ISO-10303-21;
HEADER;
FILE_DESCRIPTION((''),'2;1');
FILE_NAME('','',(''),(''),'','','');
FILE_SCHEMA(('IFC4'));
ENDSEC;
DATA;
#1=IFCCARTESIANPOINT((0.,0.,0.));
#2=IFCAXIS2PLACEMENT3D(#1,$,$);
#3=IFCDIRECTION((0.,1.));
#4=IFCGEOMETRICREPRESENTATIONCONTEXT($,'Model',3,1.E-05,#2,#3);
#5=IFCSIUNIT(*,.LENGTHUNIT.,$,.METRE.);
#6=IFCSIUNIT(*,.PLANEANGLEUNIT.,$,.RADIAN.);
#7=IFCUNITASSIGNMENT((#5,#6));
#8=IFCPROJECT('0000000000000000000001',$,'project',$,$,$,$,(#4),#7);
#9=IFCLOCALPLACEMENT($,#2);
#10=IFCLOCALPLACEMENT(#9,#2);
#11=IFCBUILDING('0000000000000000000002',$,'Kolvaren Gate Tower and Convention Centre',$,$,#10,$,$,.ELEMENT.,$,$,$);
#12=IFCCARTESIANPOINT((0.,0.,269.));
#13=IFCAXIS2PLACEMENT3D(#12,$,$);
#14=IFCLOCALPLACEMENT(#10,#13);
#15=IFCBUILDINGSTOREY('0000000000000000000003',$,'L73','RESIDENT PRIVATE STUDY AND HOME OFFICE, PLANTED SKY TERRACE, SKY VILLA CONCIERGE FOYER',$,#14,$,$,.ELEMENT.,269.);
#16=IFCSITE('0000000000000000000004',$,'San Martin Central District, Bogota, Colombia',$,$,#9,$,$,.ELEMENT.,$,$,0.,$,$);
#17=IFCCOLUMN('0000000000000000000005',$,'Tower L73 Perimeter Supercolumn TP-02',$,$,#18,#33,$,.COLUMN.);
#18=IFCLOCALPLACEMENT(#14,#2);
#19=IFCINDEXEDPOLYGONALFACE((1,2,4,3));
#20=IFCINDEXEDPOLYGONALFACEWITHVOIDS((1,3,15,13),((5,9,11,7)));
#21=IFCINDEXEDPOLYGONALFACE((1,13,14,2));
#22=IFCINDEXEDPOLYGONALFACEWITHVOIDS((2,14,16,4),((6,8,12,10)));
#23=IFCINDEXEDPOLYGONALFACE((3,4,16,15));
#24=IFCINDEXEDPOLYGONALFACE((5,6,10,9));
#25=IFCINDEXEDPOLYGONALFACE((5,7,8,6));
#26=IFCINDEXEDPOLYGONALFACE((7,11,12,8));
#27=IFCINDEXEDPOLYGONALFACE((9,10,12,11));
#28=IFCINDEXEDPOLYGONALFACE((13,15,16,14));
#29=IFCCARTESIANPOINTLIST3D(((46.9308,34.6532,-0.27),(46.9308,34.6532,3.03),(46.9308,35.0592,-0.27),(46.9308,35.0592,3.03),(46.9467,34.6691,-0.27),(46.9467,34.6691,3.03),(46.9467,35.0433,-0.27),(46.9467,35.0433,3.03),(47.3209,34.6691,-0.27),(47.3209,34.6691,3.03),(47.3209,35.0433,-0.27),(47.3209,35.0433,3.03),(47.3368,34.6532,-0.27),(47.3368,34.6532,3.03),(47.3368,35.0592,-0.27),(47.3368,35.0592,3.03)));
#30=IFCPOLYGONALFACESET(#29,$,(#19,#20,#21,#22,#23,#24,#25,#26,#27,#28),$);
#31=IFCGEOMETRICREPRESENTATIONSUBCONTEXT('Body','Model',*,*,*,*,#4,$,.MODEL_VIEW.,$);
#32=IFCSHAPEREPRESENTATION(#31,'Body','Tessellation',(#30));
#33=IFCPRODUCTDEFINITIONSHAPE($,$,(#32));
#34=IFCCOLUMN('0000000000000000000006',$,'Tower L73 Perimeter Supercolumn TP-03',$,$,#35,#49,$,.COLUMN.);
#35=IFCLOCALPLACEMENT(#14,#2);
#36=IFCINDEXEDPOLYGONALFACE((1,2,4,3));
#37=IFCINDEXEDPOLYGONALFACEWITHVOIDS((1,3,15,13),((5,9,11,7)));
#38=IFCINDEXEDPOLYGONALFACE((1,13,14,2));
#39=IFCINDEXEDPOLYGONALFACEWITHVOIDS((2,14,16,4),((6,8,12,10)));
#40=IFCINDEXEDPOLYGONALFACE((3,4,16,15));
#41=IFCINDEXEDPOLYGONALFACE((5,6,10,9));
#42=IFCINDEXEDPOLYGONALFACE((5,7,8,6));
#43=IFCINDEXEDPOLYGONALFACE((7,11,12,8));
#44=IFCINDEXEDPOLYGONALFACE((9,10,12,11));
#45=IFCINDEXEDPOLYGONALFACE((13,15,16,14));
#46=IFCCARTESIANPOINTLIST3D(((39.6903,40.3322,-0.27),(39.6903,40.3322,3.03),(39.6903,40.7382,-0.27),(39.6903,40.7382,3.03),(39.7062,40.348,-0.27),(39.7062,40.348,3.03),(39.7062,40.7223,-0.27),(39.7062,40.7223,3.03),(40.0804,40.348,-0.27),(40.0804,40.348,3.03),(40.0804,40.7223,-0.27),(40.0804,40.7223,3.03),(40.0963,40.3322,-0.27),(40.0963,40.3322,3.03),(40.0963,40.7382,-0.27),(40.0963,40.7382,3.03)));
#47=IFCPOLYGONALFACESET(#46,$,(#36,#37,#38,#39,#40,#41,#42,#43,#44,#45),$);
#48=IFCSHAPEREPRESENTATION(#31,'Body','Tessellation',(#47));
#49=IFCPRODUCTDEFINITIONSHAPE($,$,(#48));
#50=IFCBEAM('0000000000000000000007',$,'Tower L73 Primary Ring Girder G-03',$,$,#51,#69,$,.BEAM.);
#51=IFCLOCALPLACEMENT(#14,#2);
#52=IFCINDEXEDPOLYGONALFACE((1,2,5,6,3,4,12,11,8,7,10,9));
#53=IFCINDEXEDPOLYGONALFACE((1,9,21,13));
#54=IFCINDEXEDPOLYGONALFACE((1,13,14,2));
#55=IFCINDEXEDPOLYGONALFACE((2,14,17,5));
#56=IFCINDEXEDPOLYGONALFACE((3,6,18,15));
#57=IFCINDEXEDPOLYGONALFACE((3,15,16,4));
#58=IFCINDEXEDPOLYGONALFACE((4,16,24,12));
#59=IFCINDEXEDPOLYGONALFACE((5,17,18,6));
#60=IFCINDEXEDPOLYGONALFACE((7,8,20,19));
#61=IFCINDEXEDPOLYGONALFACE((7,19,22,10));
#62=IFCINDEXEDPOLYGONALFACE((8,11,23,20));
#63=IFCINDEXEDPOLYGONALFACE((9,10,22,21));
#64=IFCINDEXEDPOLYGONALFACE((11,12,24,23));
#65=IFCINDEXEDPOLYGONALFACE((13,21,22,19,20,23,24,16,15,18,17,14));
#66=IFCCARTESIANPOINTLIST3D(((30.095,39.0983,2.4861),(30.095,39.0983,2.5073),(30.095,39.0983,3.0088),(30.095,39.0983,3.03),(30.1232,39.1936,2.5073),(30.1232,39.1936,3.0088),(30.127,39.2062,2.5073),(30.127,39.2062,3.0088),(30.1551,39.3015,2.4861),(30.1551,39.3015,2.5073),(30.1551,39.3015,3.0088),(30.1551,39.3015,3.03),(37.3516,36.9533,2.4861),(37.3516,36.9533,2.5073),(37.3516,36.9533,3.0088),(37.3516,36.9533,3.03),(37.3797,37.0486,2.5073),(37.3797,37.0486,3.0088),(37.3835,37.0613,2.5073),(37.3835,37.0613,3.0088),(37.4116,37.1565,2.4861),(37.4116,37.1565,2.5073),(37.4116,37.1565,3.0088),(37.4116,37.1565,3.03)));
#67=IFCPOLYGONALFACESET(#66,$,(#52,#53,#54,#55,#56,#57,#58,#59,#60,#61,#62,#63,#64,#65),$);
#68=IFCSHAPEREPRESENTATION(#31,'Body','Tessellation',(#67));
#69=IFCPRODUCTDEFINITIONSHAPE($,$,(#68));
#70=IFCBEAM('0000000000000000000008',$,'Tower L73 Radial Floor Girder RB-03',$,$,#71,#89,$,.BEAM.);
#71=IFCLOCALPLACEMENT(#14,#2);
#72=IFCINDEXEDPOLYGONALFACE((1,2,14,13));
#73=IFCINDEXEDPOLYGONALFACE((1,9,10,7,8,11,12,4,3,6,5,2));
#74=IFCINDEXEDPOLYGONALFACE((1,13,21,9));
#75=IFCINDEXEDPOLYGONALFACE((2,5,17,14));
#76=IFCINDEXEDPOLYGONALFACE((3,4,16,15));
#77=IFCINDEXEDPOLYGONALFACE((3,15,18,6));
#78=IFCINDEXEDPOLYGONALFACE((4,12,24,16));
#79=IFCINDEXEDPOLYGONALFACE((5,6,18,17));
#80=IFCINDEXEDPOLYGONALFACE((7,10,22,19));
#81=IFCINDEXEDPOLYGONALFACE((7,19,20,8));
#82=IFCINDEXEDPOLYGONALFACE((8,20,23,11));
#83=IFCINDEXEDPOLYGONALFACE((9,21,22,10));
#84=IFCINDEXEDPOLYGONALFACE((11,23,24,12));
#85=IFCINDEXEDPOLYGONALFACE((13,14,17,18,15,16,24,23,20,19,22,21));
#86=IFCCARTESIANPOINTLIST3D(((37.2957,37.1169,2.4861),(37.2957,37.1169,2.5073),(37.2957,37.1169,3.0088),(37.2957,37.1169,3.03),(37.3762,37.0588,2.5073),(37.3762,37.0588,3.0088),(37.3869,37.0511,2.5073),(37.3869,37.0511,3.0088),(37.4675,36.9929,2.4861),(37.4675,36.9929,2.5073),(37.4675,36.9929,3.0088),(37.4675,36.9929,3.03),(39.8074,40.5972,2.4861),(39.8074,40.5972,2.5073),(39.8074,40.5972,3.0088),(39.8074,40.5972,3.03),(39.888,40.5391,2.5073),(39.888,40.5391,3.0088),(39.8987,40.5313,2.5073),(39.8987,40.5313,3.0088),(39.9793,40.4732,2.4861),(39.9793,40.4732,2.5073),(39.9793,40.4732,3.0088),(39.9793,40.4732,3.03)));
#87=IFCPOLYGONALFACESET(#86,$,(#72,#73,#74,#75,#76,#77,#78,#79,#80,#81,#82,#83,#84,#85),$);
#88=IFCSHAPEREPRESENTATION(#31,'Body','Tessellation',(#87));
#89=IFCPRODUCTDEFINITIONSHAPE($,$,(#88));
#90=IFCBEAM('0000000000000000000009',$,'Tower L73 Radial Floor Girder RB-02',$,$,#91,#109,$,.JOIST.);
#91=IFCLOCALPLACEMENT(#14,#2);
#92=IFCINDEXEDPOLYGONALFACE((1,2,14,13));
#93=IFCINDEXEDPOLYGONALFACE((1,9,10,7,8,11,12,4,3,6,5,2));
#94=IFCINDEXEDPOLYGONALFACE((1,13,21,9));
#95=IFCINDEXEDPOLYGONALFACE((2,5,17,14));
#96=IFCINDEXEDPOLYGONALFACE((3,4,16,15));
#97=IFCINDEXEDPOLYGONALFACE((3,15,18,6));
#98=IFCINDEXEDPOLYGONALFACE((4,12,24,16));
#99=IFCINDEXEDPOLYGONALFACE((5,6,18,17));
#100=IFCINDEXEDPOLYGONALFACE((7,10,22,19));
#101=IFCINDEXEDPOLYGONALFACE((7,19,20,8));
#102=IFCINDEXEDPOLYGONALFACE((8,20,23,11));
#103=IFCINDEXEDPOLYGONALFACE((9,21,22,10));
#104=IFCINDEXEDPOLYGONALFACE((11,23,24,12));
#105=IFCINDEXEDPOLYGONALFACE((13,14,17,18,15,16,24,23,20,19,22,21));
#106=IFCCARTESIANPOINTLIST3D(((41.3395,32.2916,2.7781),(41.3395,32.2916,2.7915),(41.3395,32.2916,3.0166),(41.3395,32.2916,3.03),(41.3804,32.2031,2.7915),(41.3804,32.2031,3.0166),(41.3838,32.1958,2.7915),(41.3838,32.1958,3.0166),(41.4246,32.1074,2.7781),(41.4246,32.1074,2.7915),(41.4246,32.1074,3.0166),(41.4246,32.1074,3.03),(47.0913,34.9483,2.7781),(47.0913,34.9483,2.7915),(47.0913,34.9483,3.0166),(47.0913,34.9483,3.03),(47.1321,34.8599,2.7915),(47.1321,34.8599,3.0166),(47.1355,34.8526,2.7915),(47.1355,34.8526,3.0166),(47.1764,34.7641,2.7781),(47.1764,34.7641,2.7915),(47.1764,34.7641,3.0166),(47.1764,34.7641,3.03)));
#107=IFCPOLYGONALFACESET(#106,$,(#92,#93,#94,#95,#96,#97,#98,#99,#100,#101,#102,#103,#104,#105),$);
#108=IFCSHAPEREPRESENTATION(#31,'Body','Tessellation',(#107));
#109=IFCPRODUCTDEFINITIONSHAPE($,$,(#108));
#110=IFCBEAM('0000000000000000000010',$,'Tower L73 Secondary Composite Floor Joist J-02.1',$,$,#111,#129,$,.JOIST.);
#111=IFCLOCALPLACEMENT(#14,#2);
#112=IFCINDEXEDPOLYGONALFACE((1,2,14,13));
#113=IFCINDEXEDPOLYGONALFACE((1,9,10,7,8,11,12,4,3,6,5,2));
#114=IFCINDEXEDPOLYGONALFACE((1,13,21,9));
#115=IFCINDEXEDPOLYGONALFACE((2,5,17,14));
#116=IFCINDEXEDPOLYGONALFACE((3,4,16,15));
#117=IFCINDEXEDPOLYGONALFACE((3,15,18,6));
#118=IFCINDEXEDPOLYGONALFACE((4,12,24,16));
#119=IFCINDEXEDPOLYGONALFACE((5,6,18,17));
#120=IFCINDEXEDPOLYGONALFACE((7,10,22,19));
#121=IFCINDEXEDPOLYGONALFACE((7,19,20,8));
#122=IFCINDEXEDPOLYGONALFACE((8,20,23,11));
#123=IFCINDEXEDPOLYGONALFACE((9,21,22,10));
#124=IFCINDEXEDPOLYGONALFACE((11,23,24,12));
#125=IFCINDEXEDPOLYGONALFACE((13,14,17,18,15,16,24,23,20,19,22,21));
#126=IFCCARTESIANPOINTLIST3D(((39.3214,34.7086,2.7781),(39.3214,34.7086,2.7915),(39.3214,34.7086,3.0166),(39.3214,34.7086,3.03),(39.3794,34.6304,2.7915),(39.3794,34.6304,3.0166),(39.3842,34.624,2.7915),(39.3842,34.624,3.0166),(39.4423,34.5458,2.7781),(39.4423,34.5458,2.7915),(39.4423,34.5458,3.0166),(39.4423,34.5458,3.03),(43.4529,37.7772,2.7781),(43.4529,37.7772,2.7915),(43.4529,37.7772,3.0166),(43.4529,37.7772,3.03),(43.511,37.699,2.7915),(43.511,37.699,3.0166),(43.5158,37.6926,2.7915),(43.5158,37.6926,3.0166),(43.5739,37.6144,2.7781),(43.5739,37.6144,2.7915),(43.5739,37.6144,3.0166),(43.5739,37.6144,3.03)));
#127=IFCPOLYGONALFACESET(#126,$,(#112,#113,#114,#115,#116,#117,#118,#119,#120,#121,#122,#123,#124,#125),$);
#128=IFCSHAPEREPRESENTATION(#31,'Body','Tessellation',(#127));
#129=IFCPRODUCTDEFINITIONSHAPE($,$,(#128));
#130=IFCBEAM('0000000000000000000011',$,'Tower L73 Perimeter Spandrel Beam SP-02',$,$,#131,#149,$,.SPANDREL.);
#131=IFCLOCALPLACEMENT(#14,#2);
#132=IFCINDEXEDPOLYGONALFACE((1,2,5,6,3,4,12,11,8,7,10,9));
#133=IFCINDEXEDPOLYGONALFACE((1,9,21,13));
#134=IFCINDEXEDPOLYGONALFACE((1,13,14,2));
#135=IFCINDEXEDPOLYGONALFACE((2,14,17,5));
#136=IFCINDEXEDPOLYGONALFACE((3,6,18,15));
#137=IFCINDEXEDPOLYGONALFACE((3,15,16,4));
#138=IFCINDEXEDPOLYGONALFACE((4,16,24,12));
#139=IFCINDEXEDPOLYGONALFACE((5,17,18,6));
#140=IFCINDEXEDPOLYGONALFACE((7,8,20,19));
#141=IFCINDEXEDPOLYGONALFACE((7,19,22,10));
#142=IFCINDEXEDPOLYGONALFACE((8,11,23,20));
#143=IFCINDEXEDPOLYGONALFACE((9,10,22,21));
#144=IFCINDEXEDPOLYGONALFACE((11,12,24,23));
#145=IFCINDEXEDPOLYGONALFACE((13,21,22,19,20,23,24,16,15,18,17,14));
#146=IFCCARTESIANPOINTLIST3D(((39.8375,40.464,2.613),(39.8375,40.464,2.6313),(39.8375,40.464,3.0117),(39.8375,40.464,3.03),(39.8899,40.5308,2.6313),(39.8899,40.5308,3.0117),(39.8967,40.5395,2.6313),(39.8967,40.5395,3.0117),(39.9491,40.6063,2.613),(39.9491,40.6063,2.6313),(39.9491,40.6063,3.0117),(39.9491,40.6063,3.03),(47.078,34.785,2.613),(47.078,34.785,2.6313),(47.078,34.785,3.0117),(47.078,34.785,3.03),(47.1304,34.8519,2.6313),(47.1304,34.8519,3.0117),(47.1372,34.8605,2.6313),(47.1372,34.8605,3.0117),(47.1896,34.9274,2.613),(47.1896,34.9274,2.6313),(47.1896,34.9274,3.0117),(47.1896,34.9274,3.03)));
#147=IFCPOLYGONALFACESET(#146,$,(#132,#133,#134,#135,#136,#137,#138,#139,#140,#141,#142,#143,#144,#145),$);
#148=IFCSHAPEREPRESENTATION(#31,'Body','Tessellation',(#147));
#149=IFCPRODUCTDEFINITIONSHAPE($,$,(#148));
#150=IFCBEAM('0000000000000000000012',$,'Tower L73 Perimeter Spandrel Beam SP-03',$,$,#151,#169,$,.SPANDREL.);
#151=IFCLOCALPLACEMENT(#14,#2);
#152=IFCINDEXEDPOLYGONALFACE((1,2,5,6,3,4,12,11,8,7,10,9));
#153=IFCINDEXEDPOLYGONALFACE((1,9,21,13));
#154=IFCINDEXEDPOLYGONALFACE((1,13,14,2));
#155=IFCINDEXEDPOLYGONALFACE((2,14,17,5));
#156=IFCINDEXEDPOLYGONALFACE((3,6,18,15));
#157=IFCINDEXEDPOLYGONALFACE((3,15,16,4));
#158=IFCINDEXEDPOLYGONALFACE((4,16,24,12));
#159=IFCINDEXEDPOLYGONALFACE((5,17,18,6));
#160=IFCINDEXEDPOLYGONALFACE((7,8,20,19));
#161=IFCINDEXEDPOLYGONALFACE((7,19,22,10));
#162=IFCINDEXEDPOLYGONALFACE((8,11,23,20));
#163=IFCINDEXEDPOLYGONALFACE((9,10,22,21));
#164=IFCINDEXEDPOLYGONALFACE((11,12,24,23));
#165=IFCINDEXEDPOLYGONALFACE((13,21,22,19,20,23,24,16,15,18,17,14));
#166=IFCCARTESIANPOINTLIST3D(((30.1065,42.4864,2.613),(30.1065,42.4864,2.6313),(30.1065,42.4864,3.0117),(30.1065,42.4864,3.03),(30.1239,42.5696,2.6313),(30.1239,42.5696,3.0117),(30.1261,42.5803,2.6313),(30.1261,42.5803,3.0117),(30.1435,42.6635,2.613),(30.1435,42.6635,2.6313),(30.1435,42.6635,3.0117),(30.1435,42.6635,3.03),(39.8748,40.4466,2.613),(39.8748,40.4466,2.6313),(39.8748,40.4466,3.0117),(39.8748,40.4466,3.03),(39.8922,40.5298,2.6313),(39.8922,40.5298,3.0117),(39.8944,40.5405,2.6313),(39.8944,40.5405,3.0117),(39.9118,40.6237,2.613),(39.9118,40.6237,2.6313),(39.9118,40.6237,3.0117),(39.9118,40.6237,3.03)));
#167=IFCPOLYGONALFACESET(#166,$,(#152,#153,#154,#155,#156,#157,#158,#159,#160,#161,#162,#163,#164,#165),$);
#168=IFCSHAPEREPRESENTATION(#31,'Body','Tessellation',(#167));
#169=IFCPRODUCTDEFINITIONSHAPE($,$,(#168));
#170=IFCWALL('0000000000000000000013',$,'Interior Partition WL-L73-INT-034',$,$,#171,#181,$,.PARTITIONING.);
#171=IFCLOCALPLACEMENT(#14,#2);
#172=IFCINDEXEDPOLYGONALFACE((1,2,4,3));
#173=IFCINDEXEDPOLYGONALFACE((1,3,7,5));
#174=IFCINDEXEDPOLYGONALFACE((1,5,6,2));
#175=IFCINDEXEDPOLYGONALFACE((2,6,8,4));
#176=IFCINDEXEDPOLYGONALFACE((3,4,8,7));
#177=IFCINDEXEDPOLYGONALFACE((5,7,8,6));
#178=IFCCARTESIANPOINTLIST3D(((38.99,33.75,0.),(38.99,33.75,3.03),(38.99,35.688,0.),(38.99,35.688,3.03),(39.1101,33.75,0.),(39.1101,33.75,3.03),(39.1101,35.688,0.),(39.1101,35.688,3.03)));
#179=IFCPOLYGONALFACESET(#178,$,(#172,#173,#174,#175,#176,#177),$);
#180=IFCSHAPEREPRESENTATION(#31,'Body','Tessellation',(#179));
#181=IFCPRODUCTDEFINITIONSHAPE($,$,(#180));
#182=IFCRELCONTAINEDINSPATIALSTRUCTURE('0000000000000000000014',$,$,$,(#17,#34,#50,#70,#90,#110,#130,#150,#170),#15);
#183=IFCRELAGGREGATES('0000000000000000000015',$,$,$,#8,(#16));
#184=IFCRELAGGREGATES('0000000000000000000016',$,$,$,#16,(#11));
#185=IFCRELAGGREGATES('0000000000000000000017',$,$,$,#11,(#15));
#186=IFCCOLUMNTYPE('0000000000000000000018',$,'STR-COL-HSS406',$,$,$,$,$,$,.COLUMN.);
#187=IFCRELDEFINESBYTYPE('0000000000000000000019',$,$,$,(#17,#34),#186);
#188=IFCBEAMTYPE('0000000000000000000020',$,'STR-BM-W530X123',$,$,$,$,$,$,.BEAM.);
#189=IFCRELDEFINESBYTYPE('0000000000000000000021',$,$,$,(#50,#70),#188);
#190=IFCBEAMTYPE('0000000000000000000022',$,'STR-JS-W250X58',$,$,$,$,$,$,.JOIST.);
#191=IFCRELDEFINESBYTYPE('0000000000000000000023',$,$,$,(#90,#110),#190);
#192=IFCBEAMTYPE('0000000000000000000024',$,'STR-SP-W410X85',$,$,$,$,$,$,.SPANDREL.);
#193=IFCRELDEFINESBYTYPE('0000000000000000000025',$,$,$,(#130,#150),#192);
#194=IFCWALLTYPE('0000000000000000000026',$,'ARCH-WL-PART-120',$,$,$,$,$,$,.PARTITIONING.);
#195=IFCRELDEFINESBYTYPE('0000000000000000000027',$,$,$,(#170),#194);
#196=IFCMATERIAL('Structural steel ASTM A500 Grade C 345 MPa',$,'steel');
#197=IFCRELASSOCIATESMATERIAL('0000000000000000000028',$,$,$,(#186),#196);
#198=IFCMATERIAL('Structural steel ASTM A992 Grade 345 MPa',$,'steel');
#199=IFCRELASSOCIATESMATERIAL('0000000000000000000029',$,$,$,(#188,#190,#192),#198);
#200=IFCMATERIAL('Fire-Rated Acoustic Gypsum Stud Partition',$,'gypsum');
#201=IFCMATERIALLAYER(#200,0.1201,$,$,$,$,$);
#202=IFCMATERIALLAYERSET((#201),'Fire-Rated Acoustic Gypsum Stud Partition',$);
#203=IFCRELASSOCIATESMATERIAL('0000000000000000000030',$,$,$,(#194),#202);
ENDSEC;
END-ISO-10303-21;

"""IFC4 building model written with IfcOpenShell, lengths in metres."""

from ifc_helpers import new_model, si_unit, direction, frame, frame_2d, origin, origin_2d, place, context, subcontext, project, spatial, rectangle, hollow_rectangle, i_section, extrude, material, layer, layer_set, material_profile, profile_set, type_object, element, save


model = new_model("IFC4")

# Units and contexts
model_context = context("Model", 3, precision=1e-05, world=origin(), true_north=direction((0.0, 1.0)))
body_context = subcontext(model_context, "Body", "Model", "MODEL_VIEW")
ifc_project = project(units=[si_unit("LENGTHUNIT", "METRE"), si_unit("PLANEANGLEUNIT", "RADIAN")], contexts=[model_context])

# Site, building, storey
site_placement = place(None, origin())
site = spatial("IfcSite", under=ifc_project, at=site_placement, Name="San Martin Central District, Bogota, Colombia", CompositionType="ELEMENT", RefElevation=0.0)
building_placement = place(site_placement, origin())
building = spatial("IfcBuilding", under=site, at=building_placement, Name="Kolvaren Gate Tower and Convention Centre", CompositionType="ELEMENT")
storey_placement = place(building_placement, frame((0.0, 0.0, 269.0)))
storey = spatial("IfcBuildingStorey", under=building, at=storey_placement, Name="L73", Description="RESIDENT PRIVATE STUDY AND HOME OFFICE, PLANTED SKY TERRACE, SKY VILLA CONCIERGE FOYER", CompositionType="ELEMENT", Elevation=269.0)

# Columns
ifc_material_1 = material(Name="Structural steel ASTM A500 Grade C 345 MPa", Category="steel")
ifc_material_profile_1 = material_profile(ifc_material_1, hollow_rectangle(XDim=0.406, YDim=0.406, WallThickness=0.0159, at=origin_2d()), Name="HSS406X406X15.9")
ifc_profile_set_1 = profile_set([ifc_material_profile_1], Name="Structural steel ASTM A500 Grade C 345 MPa")
column_type = type_object("IfcColumnType", Name="STR-COL-HSS406", PredefinedType="COLUMN", material=ifc_profile_set_1)
for number, where, z_axis, x_axis, name in (
    (1, (47.1338, 34.8562, -0.27), (0.0, 0.0, 1.0), (1.0, 0.0, 0.0), "Tower L73 Perimeter Supercolumn TP-02"),
    (2, (39.8933, 40.5352, -0.27), (0.0, 0.0, 1.0), (1.0, 0.0, 0.0), "Tower L73 Perimeter Supercolumn TP-03"),
):
    element("IfcColumn", number, at=place(storey_placement, frame(where, z_axis=z_axis, x_axis=x_axis)), inside=storey, type_object=column_type, Name=name, PredefinedType="COLUMN", context=body_context, shape_type="SweptSolid", body=[
        extrude(hollow_rectangle(XDim=0.406, YDim=0.406, WallThickness=0.0159, at=origin_2d()), origin(), (0.0, 0.0, 1.0), 3.3),
    ])

# Beams
ifc_material_2 = material(Name="Structural steel ASTM A992 Grade 345 MPa", Category="steel")
ifc_material_profile_2 = material_profile(ifc_material_2, i_section(OverallWidth=0.2119, OverallDepth=0.5439, WebThickness=0.0132, FlangeThickness=0.0212, at=origin_2d()), Name="W530X123")
ifc_profile_set_2 = profile_set([ifc_material_profile_2], Name="Structural steel ASTM A992 Grade 345 MPa")
beam_type_1 = type_object("IfcBeamType", Name="STR-BM-W530X123", PredefinedType="BEAM", material=ifc_profile_set_2)
beam_1_placement = place(storey_placement, frame((37.3816, 37.0549, 2.7581), z_axis=(-0.958981, 0.283471, 0.0), x_axis=(-0.283471, -0.958981, 0.0)))
element("IfcBeam", 3, at=beam_1_placement, inside=storey, type_object=beam_type_1, Name="Tower L73 Primary Ring Girder G-03", PredefinedType="BEAM", context=body_context, shape_type="SweptSolid", body=[
    extrude(i_section(OverallWidth=0.2119, OverallDepth=0.5439, WebThickness=0.0132, FlangeThickness=0.0212, at=origin_2d()), origin(), (0.0, 0.0, 1.0), 7.5669),
])
beam_2_placement = place(storey_placement, frame((37.3816, 37.0549, 2.7581), z_axis=(0.585218, 0.810876, 0.0), x_axis=(-0.810876, 0.585218, 0.0)))
element("IfcBeam", 4, at=beam_2_placement, inside=storey, type_object=beam_type_1, Name="Tower L73 Radial Floor Girder RB-03", PredefinedType="BEAM", context=body_context, shape_type="SweptSolid", body=[
    extrude(i_section(OverallWidth=0.2119, OverallDepth=0.5439, WebThickness=0.0132, FlangeThickness=0.0212, at=origin_2d()), origin(), (0.0, 0.0, 1.0), 4.292),
])
ifc_material_profile_3 = material_profile(ifc_material_2, i_section(OverallWidth=0.2029, OverallDepth=0.252, WebThickness=0.0081, FlangeThickness=0.0134, at=origin_2d()), Name="W250X58")
ifc_profile_set_3 = profile_set([ifc_material_profile_3], Name="Structural steel ASTM A992 Grade 345 MPa")
beam_type_2 = type_object("IfcBeamType", Name="STR-JS-W250X58", PredefinedType="JOIST", material=ifc_profile_set_3)
beam_3_placement = place(storey_placement, frame((41.3821, 32.1995, 2.9041), z_axis=(0.907833, 0.419332, 0.0), x_axis=(-0.419332, 0.907833, 0.0)))
element("IfcBeam", 5, at=beam_3_placement, inside=storey, type_object=beam_type_2, Name="Tower L73 Radial Floor Girder RB-02", PredefinedType="JOIST", context=body_context, shape_type="SweptSolid", body=[
    extrude(i_section(OverallWidth=0.2029, OverallDepth=0.252, WebThickness=0.0081, FlangeThickness=0.0134, at=origin_2d()), origin(), (0.0, 0.0, 1.0), 6.3357),
])
beam_4_placement = place(storey_placement, frame((39.3818, 34.6272, 2.9041), z_axis=(0.802798, 0.596252, 0.0), x_axis=(-0.596252, 0.802798, 0.0)))
element("IfcBeam", 6, at=beam_4_placement, inside=storey, type_object=beam_type_2, Name="Tower L73 Secondary Composite Floor Joist J-02.1", PredefinedType="JOIST", context=body_context, shape_type="SweptSolid", body=[
    extrude(i_section(OverallWidth=0.2029, OverallDepth=0.252, WebThickness=0.0081, FlangeThickness=0.0134, at=origin_2d()), origin(), (0.0, 0.0, 1.0), 5.1465),
])
ifc_material_profile_4 = material_profile(ifc_material_2, i_section(OverallWidth=0.1809, OverallDepth=0.417, WebThickness=0.011, FlangeThickness=0.0183, at=origin_2d()), Name="W410X85")
ifc_profile_set_4 = profile_set([ifc_material_profile_4], Name="Structural steel ASTM A992 Grade 345 MPa")
beam_type_3 = type_object("IfcBeamType", Name="STR-SP-W410X85", PredefinedType="SPANDREL", material=ifc_profile_set_4)
beam_5_placement = place(storey_placement, frame((47.1338, 34.8562, 2.8215), z_axis=(-0.786846, 0.61715, 0.0), x_axis=(-0.61715, -0.786846, 0.0)))
element("IfcBeam", 7, at=beam_5_placement, inside=storey, type_object=beam_type_3, Name="Tower L73 Perimeter Spandrel Beam SP-02", PredefinedType="SPANDREL", context=body_context, shape_type="SweptSolid", body=[
    extrude(i_section(OverallWidth=0.1809, OverallDepth=0.417, WebThickness=0.011, FlangeThickness=0.0183, at=origin_2d()), origin(), (0.0, 0.0, 1.0), 9.2019),
])
beam_6_placement = place(storey_placement, frame((39.8933, 40.5352, 2.8215), z_axis=(-0.978886, 0.204409, 0.0), x_axis=(-0.204409, -0.978886, 0.0)))
element("IfcBeam", 8, at=beam_6_placement, inside=storey, type_object=beam_type_3, Name="Tower L73 Perimeter Spandrel Beam SP-03", PredefinedType="SPANDREL", context=body_context, shape_type="SweptSolid", body=[
    extrude(i_section(OverallWidth=0.1809, OverallDepth=0.417, WebThickness=0.011, FlangeThickness=0.0183, at=origin_2d()), origin(), (0.0, 0.0, 1.0), 9.979),
])

# Wall
ifc_material_3 = material(Name="Fire-Rated Acoustic Gypsum Stud Partition", Category="gypsum")
ifc_layer_1 = layer(ifc_material_3, 0.1201)
ifc_layer_set_1 = layer_set([ifc_layer_1], Name="Fire-Rated Acoustic Gypsum Stud Partition")
wall_type_1 = type_object("IfcWallType", Name="ARCH-WL-PART-120", PredefinedType="PARTITIONING", material=ifc_layer_set_1)
wall_1_placement = place(storey_placement, frame((39.05, 33.75, 0.0), z_axis=(0.0, 0.0, 1.0), x_axis=(0.0, 1.0, 0.0)))
element("IfcWall", 9, at=wall_1_placement, inside=storey, type_object=wall_type_1, Name="Interior Partition WL-L73-INT-034", PredefinedType="PARTITIONING", context=body_context, shape_type="SweptSolid", body=[
    extrude(rectangle(XDim=1.938, YDim=0.1201, at=frame_2d((0.969, 0.0))), origin(), (0.0, 0.0, 1.0), 3.03),
])

save(model, "model.ifc")
